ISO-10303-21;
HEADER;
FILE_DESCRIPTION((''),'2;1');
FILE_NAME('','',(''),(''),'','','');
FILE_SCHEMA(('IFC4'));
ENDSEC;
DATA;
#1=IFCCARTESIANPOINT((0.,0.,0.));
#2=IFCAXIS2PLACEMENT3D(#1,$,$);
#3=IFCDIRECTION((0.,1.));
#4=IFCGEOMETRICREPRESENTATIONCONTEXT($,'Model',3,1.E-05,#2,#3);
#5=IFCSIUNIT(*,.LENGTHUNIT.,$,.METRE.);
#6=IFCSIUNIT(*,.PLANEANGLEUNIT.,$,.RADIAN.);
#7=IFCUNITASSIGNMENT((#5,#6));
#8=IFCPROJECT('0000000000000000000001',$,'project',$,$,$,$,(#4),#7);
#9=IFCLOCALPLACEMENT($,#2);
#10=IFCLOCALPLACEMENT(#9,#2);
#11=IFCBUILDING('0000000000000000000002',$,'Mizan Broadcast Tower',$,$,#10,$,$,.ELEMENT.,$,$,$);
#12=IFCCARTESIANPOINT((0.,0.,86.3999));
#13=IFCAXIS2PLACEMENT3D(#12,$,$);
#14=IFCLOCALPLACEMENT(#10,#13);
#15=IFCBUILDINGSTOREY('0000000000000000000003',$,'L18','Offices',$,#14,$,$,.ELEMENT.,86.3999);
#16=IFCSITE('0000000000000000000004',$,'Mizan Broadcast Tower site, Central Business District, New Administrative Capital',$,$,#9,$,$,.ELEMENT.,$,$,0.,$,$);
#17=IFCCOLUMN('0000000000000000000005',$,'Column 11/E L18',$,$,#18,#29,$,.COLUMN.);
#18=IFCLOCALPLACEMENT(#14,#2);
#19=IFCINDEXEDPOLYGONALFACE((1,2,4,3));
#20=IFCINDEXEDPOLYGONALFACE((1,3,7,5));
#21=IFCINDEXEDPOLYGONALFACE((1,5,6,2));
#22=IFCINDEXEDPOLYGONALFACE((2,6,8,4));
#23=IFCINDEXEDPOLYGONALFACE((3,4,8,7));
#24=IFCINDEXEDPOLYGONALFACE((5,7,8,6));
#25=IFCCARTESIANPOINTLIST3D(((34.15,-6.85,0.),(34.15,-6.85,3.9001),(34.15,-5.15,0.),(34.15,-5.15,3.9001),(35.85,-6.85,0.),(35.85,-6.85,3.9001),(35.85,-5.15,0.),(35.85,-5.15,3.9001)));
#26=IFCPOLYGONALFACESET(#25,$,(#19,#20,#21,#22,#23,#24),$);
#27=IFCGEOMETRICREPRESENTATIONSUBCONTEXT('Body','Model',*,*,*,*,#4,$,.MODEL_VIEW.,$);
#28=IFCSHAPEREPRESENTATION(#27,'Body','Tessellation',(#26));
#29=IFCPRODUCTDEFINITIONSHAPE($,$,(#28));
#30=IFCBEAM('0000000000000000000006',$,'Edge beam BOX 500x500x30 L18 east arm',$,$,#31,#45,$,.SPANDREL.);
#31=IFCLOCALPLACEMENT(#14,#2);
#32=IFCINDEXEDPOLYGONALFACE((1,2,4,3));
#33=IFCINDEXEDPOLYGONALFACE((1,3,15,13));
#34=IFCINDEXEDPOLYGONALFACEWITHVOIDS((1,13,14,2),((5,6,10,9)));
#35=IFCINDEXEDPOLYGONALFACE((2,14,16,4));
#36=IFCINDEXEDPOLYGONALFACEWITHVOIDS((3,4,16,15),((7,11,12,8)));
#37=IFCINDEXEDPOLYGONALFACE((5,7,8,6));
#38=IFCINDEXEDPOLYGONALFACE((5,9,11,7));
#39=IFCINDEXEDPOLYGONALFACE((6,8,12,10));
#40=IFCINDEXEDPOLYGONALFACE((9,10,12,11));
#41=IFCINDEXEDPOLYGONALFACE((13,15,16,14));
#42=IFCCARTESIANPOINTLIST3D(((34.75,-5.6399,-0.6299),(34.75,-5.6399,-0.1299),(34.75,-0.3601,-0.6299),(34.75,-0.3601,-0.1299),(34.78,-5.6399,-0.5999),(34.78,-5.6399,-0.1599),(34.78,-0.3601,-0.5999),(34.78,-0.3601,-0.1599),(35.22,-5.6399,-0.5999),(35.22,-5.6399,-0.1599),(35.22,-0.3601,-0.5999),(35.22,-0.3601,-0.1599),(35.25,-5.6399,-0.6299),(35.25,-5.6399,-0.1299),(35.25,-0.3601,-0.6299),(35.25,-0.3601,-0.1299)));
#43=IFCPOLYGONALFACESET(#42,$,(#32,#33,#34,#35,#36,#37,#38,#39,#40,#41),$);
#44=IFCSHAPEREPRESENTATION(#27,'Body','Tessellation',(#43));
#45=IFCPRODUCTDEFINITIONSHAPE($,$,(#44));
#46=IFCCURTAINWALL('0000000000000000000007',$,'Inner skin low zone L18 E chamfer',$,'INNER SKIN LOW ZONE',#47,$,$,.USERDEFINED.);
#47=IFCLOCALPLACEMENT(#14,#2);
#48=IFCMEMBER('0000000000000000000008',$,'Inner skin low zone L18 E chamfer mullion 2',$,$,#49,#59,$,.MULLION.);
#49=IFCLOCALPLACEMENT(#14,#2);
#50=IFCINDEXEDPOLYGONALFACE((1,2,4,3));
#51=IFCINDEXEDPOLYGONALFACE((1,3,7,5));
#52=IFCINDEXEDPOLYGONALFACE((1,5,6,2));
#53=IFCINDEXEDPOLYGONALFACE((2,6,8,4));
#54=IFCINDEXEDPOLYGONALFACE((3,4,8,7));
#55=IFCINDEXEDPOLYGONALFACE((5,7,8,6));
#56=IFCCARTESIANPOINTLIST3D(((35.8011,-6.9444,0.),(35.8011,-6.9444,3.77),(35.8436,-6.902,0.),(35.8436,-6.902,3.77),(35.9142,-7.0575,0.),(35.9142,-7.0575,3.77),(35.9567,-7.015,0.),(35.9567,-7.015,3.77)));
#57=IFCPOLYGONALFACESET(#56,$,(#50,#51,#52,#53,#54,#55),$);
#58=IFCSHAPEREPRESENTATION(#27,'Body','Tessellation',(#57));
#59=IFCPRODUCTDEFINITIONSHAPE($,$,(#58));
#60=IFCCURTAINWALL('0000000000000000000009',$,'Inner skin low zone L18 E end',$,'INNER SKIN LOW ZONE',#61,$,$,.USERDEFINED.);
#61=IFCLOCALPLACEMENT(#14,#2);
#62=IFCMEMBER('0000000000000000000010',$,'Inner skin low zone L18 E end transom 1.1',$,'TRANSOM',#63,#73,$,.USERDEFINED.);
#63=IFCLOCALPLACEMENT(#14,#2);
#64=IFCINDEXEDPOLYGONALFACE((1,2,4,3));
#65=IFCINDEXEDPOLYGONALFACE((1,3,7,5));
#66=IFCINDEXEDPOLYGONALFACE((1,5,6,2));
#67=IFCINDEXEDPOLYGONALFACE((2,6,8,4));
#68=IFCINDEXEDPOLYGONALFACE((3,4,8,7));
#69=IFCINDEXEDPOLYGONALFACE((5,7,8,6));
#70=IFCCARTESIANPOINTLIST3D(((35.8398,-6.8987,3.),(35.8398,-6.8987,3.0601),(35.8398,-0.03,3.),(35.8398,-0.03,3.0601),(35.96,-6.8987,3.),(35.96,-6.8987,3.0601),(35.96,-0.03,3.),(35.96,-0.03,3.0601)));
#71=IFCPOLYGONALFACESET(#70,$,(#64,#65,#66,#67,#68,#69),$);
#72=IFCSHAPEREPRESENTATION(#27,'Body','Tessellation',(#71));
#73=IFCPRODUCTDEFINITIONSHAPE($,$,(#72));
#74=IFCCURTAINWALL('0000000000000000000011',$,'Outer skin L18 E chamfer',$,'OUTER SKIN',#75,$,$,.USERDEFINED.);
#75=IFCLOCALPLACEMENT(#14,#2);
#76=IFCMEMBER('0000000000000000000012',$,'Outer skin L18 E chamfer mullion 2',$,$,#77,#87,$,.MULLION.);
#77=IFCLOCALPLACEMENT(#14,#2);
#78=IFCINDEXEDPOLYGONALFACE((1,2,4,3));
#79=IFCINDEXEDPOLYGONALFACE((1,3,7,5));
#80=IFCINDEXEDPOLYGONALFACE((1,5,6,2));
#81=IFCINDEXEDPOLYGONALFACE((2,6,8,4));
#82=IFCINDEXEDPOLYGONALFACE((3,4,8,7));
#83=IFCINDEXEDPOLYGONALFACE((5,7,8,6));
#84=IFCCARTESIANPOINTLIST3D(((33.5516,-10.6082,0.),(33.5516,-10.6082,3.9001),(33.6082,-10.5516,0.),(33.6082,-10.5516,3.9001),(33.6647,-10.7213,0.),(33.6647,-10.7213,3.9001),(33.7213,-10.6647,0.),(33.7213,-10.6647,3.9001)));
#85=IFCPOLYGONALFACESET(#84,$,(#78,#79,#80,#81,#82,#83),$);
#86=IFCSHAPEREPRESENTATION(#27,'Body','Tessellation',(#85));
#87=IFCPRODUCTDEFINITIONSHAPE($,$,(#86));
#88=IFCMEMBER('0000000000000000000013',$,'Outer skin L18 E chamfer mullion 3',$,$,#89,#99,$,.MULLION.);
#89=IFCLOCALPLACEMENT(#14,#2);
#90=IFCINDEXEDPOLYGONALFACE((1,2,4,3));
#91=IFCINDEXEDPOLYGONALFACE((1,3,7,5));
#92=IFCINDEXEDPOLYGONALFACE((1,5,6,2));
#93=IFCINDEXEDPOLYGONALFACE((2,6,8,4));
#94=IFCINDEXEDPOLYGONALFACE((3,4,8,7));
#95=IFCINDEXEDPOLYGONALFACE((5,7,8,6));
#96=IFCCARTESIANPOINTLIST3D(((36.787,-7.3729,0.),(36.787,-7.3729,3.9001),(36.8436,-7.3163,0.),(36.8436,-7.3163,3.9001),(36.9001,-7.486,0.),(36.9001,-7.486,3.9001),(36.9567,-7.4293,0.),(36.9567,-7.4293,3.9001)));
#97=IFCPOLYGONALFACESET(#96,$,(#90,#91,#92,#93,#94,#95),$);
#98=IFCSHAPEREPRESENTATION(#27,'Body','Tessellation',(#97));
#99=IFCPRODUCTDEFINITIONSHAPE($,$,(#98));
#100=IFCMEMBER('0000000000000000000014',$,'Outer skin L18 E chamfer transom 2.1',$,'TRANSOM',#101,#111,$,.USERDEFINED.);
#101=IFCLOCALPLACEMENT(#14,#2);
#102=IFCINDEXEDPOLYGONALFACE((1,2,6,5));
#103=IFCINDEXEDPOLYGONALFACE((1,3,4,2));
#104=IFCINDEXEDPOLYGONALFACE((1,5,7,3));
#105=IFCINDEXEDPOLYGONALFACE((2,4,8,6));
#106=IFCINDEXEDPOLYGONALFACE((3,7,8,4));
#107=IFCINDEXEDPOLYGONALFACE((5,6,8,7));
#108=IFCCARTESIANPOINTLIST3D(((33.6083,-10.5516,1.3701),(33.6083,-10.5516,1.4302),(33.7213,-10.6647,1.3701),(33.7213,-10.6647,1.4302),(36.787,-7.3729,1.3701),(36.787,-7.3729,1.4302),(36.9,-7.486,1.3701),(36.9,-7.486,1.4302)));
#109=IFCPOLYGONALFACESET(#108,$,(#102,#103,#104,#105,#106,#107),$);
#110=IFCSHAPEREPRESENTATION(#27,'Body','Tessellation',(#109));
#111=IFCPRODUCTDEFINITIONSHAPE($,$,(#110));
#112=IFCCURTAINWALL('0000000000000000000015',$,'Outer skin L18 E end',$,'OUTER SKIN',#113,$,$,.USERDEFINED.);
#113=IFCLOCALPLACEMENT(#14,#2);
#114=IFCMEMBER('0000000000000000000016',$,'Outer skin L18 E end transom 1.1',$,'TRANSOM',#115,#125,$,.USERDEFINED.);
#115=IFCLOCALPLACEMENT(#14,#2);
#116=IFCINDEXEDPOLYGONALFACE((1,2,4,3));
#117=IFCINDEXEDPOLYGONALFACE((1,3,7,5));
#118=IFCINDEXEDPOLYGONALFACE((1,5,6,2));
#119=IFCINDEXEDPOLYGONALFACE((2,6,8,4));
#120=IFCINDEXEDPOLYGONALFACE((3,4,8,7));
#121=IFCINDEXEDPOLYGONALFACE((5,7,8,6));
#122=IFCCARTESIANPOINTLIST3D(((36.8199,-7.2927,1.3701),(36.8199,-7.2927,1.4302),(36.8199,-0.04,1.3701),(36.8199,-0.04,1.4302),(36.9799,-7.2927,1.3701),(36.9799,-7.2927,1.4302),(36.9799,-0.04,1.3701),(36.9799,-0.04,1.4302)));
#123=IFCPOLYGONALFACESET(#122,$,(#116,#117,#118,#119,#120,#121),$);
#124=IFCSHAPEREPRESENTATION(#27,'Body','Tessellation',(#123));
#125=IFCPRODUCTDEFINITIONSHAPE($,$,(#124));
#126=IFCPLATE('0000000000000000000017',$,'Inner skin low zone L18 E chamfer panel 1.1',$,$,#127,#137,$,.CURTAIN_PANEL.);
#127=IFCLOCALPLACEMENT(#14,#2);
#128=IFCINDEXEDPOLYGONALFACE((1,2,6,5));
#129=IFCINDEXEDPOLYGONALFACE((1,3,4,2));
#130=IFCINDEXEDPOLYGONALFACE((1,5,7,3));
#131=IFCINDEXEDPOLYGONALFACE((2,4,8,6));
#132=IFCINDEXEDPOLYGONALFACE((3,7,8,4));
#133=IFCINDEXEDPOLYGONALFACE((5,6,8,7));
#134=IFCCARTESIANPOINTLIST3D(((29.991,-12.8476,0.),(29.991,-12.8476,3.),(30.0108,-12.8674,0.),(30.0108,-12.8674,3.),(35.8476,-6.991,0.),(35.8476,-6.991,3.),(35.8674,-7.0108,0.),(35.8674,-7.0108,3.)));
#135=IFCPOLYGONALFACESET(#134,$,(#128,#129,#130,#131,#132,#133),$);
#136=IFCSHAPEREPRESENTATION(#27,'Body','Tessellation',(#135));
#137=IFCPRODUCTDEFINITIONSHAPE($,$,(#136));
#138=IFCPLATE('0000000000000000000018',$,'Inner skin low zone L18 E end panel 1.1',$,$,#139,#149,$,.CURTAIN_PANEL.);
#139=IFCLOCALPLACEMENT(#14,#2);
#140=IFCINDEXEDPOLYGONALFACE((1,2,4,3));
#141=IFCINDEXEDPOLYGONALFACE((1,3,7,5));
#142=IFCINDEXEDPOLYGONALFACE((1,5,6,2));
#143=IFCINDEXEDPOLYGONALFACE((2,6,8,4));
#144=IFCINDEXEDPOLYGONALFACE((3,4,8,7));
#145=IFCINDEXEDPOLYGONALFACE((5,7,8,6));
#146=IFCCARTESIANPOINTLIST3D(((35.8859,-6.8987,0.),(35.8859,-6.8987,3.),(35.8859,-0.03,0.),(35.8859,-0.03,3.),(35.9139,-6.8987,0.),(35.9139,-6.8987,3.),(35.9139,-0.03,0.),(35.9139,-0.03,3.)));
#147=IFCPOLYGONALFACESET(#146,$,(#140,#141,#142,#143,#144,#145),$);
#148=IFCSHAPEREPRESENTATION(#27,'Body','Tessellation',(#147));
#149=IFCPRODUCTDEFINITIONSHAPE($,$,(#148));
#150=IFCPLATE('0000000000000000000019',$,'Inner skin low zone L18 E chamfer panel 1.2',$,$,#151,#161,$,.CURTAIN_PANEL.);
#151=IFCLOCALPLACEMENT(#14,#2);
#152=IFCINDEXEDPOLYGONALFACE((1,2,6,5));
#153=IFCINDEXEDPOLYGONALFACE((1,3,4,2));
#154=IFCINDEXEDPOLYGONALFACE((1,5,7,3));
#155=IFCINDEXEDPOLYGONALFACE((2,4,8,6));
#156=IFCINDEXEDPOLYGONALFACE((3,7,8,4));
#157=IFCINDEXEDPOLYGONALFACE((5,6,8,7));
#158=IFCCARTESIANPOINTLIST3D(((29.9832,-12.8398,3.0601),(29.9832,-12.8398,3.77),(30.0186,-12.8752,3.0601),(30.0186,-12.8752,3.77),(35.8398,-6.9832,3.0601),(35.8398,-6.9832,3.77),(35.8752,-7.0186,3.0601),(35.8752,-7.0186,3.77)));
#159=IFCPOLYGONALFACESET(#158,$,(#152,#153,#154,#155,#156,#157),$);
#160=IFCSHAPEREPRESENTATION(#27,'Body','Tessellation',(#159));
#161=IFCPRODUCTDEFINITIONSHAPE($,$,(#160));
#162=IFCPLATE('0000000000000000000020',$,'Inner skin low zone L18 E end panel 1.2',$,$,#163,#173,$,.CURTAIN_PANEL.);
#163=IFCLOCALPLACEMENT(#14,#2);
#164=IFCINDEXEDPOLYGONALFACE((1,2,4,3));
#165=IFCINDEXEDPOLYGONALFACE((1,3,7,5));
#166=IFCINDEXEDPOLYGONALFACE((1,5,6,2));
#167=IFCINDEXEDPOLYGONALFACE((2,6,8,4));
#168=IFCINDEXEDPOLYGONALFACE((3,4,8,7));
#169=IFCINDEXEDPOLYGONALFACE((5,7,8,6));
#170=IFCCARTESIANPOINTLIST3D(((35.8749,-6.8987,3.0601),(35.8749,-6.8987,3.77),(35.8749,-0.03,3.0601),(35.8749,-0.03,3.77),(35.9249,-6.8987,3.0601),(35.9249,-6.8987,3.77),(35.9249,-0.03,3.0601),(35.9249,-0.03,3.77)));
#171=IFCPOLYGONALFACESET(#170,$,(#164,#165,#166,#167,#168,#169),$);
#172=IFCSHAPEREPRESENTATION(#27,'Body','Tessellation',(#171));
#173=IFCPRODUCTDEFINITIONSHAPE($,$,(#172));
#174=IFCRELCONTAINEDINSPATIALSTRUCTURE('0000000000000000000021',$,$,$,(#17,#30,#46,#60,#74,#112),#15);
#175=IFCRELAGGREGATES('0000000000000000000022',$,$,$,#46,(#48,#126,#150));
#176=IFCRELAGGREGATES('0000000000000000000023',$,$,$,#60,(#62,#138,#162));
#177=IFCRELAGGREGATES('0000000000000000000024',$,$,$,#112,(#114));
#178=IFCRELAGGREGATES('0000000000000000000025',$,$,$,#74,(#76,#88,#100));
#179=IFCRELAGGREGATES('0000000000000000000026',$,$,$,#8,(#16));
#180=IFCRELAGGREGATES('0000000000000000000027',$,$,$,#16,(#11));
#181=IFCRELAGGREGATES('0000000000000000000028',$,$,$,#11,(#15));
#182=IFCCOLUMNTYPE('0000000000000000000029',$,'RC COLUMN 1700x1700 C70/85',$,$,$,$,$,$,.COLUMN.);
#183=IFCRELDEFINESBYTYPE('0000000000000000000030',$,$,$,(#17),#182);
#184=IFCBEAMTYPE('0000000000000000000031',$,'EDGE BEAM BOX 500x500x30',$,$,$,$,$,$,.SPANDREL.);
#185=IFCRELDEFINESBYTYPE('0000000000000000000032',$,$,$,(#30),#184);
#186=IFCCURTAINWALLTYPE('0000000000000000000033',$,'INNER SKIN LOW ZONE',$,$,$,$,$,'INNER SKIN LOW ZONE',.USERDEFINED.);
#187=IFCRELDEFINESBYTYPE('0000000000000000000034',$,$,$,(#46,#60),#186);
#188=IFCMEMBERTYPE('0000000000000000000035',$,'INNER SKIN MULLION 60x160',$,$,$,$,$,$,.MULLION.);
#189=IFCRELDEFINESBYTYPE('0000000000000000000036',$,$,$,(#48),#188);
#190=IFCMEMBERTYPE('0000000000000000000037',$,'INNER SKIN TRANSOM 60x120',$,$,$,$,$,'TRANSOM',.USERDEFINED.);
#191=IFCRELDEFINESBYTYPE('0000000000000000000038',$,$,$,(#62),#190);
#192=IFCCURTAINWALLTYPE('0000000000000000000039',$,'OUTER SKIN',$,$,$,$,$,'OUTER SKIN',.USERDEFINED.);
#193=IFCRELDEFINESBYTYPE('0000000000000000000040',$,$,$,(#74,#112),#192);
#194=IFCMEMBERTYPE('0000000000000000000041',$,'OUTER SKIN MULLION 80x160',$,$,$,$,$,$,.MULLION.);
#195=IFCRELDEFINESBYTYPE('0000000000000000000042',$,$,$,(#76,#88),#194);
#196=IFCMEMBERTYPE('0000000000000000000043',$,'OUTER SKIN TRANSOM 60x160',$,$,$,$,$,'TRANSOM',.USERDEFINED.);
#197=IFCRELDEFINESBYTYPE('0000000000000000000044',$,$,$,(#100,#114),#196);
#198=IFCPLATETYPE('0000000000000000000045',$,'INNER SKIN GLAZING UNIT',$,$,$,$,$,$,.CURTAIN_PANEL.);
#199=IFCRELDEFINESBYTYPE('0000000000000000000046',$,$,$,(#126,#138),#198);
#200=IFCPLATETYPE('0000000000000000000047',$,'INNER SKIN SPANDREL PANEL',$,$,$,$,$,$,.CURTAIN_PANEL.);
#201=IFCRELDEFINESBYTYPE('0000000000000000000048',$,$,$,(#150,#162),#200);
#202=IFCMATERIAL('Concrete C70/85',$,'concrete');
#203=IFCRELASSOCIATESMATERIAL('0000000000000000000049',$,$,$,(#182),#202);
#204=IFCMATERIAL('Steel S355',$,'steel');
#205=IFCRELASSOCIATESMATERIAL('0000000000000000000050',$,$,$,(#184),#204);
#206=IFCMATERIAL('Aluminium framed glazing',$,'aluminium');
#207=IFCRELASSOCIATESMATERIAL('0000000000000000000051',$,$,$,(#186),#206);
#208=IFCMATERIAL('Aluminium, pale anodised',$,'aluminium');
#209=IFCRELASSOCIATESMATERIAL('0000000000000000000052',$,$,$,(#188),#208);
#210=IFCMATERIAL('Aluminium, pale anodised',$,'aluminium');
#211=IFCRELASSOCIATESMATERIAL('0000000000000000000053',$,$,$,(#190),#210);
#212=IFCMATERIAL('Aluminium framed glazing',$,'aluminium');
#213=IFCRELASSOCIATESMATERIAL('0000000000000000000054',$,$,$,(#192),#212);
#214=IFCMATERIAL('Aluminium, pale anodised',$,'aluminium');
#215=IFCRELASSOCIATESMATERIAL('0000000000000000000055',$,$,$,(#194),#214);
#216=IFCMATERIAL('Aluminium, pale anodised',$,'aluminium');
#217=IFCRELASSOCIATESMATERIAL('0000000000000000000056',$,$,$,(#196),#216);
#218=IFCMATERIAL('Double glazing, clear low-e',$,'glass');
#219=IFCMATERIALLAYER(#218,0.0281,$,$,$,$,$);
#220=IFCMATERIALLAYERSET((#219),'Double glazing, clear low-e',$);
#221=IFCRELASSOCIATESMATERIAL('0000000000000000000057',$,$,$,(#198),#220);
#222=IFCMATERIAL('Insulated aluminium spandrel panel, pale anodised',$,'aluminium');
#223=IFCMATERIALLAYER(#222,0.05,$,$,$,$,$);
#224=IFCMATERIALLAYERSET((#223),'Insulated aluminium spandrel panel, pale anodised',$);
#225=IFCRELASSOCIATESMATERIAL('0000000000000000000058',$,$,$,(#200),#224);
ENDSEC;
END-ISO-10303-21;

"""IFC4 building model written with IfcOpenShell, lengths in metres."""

from ifc_helpers import new_model, si_unit, direction, frame, origin, origin_2d, place, context, subcontext, project, spatial, rectangle, hollow_rectangle, extrude, material, layer, layer_set, material_profile, profile_set, type_object, element, aggregate, save


model = new_model("IFC4")

# Units and contexts
model_context = context("Model", 3, precision=1e-05, world=origin(), true_north=direction((0.0, 1.0)))
body_context = subcontext(model_context, "Body", "Model", "MODEL_VIEW")
ifc_project = project(units=[si_unit("LENGTHUNIT", "METRE"), si_unit("PLANEANGLEUNIT", "RADIAN")], contexts=[model_context])

# Site, building, storey
site_placement = place(None, origin())
site = spatial("IfcSite", under=ifc_project, at=site_placement, Name="Mizan Broadcast Tower site, Central Business District, New Administrative Capital", CompositionType="ELEMENT", RefElevation=0.0)
building_placement = place(site_placement, origin())
building = spatial("IfcBuilding", under=site, at=building_placement, Name="Mizan Broadcast Tower", CompositionType="ELEMENT")
storey_placement = place(building_placement, frame((0.0, 0.0, 86.3999)))
storey = spatial("IfcBuildingStorey", under=building, at=storey_placement, Name="L18", Description="Offices", CompositionType="ELEMENT", Elevation=86.3999)

# Column
ifc_material_1 = material(Name="Concrete C70/85", Category="concrete")
ifc_material_profile_1 = material_profile(ifc_material_1, rectangle(XDim=1.7, YDim=1.7, at=origin_2d()), Name="RC 1700x1700")
ifc_profile_set_1 = profile_set([ifc_material_profile_1], Name="Concrete C70/85")
column_type = type_object("IfcColumnType", Name="RC COLUMN 1700x1700 C70/85", PredefinedType="COLUMN", material=ifc_profile_set_1)
column_placement = place(storey_placement, frame((35.0, -6.0, 0.0), z_axis=(0.0, 0.0, 1.0), x_axis=(1.0, 0.0, 0.0)))
element("IfcColumn", 1, at=column_placement, inside=storey, type_object=column_type, Name="Column 11/E L18", PredefinedType="COLUMN", context=body_context, shape_type="SweptSolid", body=[
    extrude(rectangle(XDim=1.7, YDim=1.7, at=origin_2d()), origin(), (0.0, 0.0, 1.0), 3.9001),
])

# Beam
ifc_material_2 = material(Name="Steel S355", Category="steel")
ifc_material_profile_2 = material_profile(ifc_material_2, hollow_rectangle(XDim=0.5, YDim=0.5, WallThickness=0.03, at=origin_2d()), Name="BOX 500x500x30")
ifc_profile_set_2 = profile_set([ifc_material_profile_2], Name="Steel S355")
beam_type = type_object("IfcBeamType", Name="EDGE BEAM BOX 500x500x30", PredefinedType="SPANDREL", material=ifc_profile_set_2)
beam_placement = place(storey_placement, frame((35.0, -5.6399, -0.3799), z_axis=(0.0, 1.0, 0.0), x_axis=(-1.0, 0.0, 0.0)))
element("IfcBeam", 2, at=beam_placement, inside=storey, type_object=beam_type, Name="Edge beam BOX 500x500x30 L18 east arm", PredefinedType="SPANDREL", context=body_context, shape_type="SweptSolid", body=[
    extrude(hollow_rectangle(XDim=0.5, YDim=0.5, WallThickness=0.03, at=origin_2d()), origin(), (0.0, 0.0, 1.0), 5.2798),
])

# Curtain walls, members
ifc_material_3 = material(Name="Aluminium framed glazing", Category="aluminium")
curtain_wall_type_1 = type_object("IfcCurtainWallType", Name="INNER SKIN LOW ZONE", ElementType="INNER SKIN LOW ZONE", PredefinedType="USERDEFINED", material=ifc_material_3)
curtain_wall_1_placement = place(storey_placement, origin())
curtain_wall_1 = element("IfcCurtainWall", 3, at=curtain_wall_1_placement, inside=storey, type_object=curtain_wall_type_1, Name="Inner skin low zone L18 E chamfer", ObjectType="INNER SKIN LOW ZONE", PredefinedType="USERDEFINED")
ifc_material_4 = material(Name="Aluminium, pale anodised", Category="aluminium")
ifc_material_profile_3 = material_profile(ifc_material_4, rectangle(XDim=0.1599, YDim=0.0601, at=origin_2d()), Name="MULLION 160x60")
ifc_profile_set_3 = profile_set([ifc_material_profile_3], Name="Aluminium, pale anodised")
member_type_1 = type_object("IfcMemberType", Name="INNER SKIN MULLION 60x160", PredefinedType="MULLION", material=ifc_profile_set_3)
member_1_placement = place(storey_placement, frame((35.8789, -6.9797, 0.0), z_axis=(0.0, 0.0, 1.0), x_axis=(-0.707107, 0.707107, 0.0)))
member_1 = element("IfcMember", 4, at=member_1_placement, type_object=member_type_1, Name="Inner skin low zone L18 E chamfer mullion 2", PredefinedType="MULLION", context=body_context, shape_type="SweptSolid", body=[
    extrude(rectangle(XDim=0.1599, YDim=0.0601, at=origin_2d()), origin(), (0.0, 0.0, 1.0), 3.77),
])
curtain_wall_2_placement = place(storey_placement, origin())
curtain_wall_2 = element("IfcCurtainWall", 5, at=curtain_wall_2_placement, inside=storey, type_object=curtain_wall_type_1, Name="Inner skin low zone L18 E end", ObjectType="INNER SKIN LOW ZONE", PredefinedType="USERDEFINED")
ifc_material_5 = material(Name="Aluminium, pale anodised", Category="aluminium")
ifc_material_profile_4 = material_profile(ifc_material_5, rectangle(XDim=0.1201, YDim=0.0601, at=origin_2d()), Name="TRANSOM 120x60")
ifc_profile_set_4 = profile_set([ifc_material_profile_4], Name="Aluminium, pale anodised")
member_type_2 = type_object("IfcMemberType", Name="INNER SKIN TRANSOM 60x120", ElementType="TRANSOM", PredefinedType="USERDEFINED", material=ifc_profile_set_4)
member_2_placement = place(storey_placement, frame((35.8999, -6.8987, 3.03), z_axis=(0.0, 1.0, 0.0), x_axis=(-1.0, 0.0, 0.0)))
member_2 = element("IfcMember", 6, at=member_2_placement, type_object=member_type_2, Name="Inner skin low zone L18 E end transom 1.1", ObjectType="TRANSOM", PredefinedType="USERDEFINED", context=body_context, shape_type="SweptSolid", body=[
    extrude(rectangle(XDim=0.1201, YDim=0.0601, at=origin_2d()), origin(), (0.0, 0.0, 1.0), 6.8687),
])

# Curtain wall, members
ifc_material_6 = material(Name="Aluminium framed glazing", Category="aluminium")
curtain_wall_type_2 = type_object("IfcCurtainWallType", Name="OUTER SKIN", ElementType="OUTER SKIN", PredefinedType="USERDEFINED", material=ifc_material_6)
curtain_wall_3_placement = place(storey_placement, origin())
curtain_wall_3 = element("IfcCurtainWall", 7, at=curtain_wall_3_placement, inside=storey, type_object=curtain_wall_type_2, Name="Outer skin L18 E chamfer", ObjectType="OUTER SKIN", PredefinedType="USERDEFINED")
ifc_material_7 = material(Name="Aluminium, pale anodised", Category="aluminium")
ifc_material_profile_5 = material_profile(ifc_material_7, rectangle(XDim=0.1599, YDim=0.0801, at=origin_2d()), Name="MULLION 160x80")
ifc_profile_set_5 = profile_set([ifc_material_profile_5], Name="Aluminium, pale anodised")
member_type_3 = type_object("IfcMemberType", Name="OUTER SKIN MULLION 80x160", PredefinedType="MULLION", material=ifc_profile_set_5)
member_3_placement = place(storey_placement, frame((33.6365, -10.6365, 0.0), z_axis=(0.0, 0.0, 1.0), x_axis=(-0.707107, 0.707107, 0.0)))
member_3 = element("IfcMember", 8, at=member_3_placement, type_object=member_type_3, Name="Outer skin L18 E chamfer mullion 2", PredefinedType="MULLION", context=body_context, shape_type="SweptSolid", body=[
    extrude(rectangle(XDim=0.1599, YDim=0.0801, at=origin_2d()), origin(), (0.0, 0.0, 1.0), 3.9001),
])
member_4_placement = place(storey_placement, frame((36.8718, -7.4011, 0.0), z_axis=(0.0, 0.0, 1.0), x_axis=(-0.707107, 0.707107, 0.0)))
member_4 = element("IfcMember", 9, at=member_4_placement, type_object=member_type_3, Name="Outer skin L18 E chamfer mullion 3", PredefinedType="MULLION", context=body_context, shape_type="SweptSolid", body=[
    extrude(rectangle(XDim=0.1599, YDim=0.0801, at=origin_2d()), origin(), (0.0, 0.0, 1.0), 3.9001),
])
ifc_material_8 = material(Name="Aluminium, pale anodised", Category="aluminium")
ifc_material_profile_6 = material_profile(ifc_material_8, rectangle(XDim=0.1599, YDim=0.0601, at=origin_2d()), Name="TRANSOM 160x60")
ifc_profile_set_6 = profile_set([ifc_material_profile_6], Name="Aluminium, pale anodised")
member_type_4 = type_object("IfcMemberType", Name="OUTER SKIN TRANSOM 60x160", ElementType="TRANSOM", PredefinedType="USERDEFINED", material=ifc_profile_set_6)
member_5_placement = place(storey_placement, frame((33.6648, -10.6082, 1.4001), z_axis=(0.707107, 0.707107, 0.0), x_axis=(-0.707107, 0.707107, 0.0)))
member_5 = element("IfcMember", 10, at=member_5_placement, type_object=member_type_4, Name="Outer skin L18 E chamfer transom 2.1", ObjectType="TRANSOM", PredefinedType="USERDEFINED", context=body_context, shape_type="SweptSolid", body=[
    extrude(rectangle(XDim=0.1599, YDim=0.0601, at=origin_2d()), origin(), (0.0, 0.0, 1.0), 4.4954),
])

# Curtain wall, member
curtain_wall_4_placement = place(storey_placement, origin())
curtain_wall_4 = element("IfcCurtainWall", 11, at=curtain_wall_4_placement, inside=storey, type_object=curtain_wall_type_2, Name="Outer skin L18 E end", ObjectType="OUTER SKIN", PredefinedType="USERDEFINED")
member_6_placement = place(storey_placement, frame((36.8999, -7.2927, 1.4001), z_axis=(0.0, 1.0, 0.0), x_axis=(-1.0, 0.0, 0.0)))
member_6 = element("IfcMember", 12, at=member_6_placement, type_object=member_type_4, Name="Outer skin L18 E end transom 1.1", ObjectType="TRANSOM", PredefinedType="USERDEFINED", context=body_context, shape_type="SweptSolid", body=[
    extrude(rectangle(XDim=0.1599, YDim=0.0601, at=origin_2d()), origin(), (0.0, 0.0, 1.0), 7.2527),
])

# Plates
ifc_material_9 = material(Name="Double glazing, clear low-e", Category="glass")
ifc_layer_1 = layer(ifc_material_9, 0.0281)
ifc_layer_set_1 = layer_set([ifc_layer_1], Name="Double glazing, clear low-e")
plate_type_1 = type_object("IfcPlateType", Name="INNER SKIN GLAZING UNIT", PredefinedType="CURTAIN_PANEL", material=ifc_layer_set_1)
plate_1_placement = place(storey_placement, frame((32.9292, -9.9292, 0.0), z_axis=(0.0, 0.0, 1.0), x_axis=(0.707107, 0.707107, 0.0)))
plate_1 = element("IfcPlate", 13, at=plate_1_placement, type_object=plate_type_1, Name="Inner skin low zone L18 E chamfer panel 1.1", PredefinedType="CURTAIN_PANEL", context=body_context, shape_type="SweptSolid", body=[
    extrude(rectangle(XDim=8.2825, YDim=0.0281, at=origin_2d()), origin(), (0.0, 0.0, 1.0), 3.0),
])
plate_2_placement = place(storey_placement, frame((35.8999, -3.4644, 0.0), z_axis=(0.0, 0.0, 1.0), x_axis=(0.0, 1.0, 0.0)))
plate_2 = element("IfcPlate", 14, at=plate_2_placement, type_object=plate_type_1, Name="Inner skin low zone L18 E end panel 1.1", PredefinedType="CURTAIN_PANEL", context=body_context, shape_type="SweptSolid", body=[
    extrude(rectangle(XDim=6.8687, YDim=0.0281, at=origin_2d()), origin(), (0.0, 0.0, 1.0), 3.0),
])
ifc_material_10 = material(Name="Insulated aluminium spandrel panel, pale anodised", Category="aluminium")
ifc_layer_2 = layer(ifc_material_10, 0.05)
ifc_layer_set_2 = layer_set([ifc_layer_2], Name="Insulated aluminium spandrel panel, pale anodised")
plate_type_2 = type_object("IfcPlateType", Name="INNER SKIN SPANDREL PANEL", PredefinedType="CURTAIN_PANEL", material=ifc_layer_set_2)
plate_3_placement = place(storey_placement, frame((32.9292, -9.9292, 3.0601), z_axis=(0.0, 0.0, 1.0), x_axis=(0.707107, 0.707107, 0.0)))
plate_3 = element("IfcPlate", 15, at=plate_3_placement, type_object=plate_type_2, Name="Inner skin low zone L18 E chamfer panel 1.2", PredefinedType="CURTAIN_PANEL", context=body_context, shape_type="SweptSolid", body=[
    extrude(rectangle(XDim=8.2825, YDim=0.05, at=origin_2d()), origin(), (0.0, 0.0, 1.0), 0.71),
])
aggregate(curtain_wall_1, [member_1, plate_1, plate_3])
plate_4_placement = place(storey_placement, frame((35.8999, -3.4644, 3.0601), z_axis=(0.0, 0.0, 1.0), x_axis=(0.0, 1.0, 0.0)))
plate_4 = element("IfcPlate", 16, at=plate_4_placement, type_object=plate_type_2, Name="Inner skin low zone L18 E end panel 1.2", PredefinedType="CURTAIN_PANEL", context=body_context, shape_type="SweptSolid", body=[
    extrude(rectangle(XDim=6.8687, YDim=0.05, at=origin_2d()), origin(), (0.0, 0.0, 1.0), 0.71),
])
aggregate(curtain_wall_2, [member_2, plate_2, plate_4])
aggregate(curtain_wall_4, [member_6])
aggregate(curtain_wall_3, [member_3, member_4, member_5])

save(model, "model.ifc")
